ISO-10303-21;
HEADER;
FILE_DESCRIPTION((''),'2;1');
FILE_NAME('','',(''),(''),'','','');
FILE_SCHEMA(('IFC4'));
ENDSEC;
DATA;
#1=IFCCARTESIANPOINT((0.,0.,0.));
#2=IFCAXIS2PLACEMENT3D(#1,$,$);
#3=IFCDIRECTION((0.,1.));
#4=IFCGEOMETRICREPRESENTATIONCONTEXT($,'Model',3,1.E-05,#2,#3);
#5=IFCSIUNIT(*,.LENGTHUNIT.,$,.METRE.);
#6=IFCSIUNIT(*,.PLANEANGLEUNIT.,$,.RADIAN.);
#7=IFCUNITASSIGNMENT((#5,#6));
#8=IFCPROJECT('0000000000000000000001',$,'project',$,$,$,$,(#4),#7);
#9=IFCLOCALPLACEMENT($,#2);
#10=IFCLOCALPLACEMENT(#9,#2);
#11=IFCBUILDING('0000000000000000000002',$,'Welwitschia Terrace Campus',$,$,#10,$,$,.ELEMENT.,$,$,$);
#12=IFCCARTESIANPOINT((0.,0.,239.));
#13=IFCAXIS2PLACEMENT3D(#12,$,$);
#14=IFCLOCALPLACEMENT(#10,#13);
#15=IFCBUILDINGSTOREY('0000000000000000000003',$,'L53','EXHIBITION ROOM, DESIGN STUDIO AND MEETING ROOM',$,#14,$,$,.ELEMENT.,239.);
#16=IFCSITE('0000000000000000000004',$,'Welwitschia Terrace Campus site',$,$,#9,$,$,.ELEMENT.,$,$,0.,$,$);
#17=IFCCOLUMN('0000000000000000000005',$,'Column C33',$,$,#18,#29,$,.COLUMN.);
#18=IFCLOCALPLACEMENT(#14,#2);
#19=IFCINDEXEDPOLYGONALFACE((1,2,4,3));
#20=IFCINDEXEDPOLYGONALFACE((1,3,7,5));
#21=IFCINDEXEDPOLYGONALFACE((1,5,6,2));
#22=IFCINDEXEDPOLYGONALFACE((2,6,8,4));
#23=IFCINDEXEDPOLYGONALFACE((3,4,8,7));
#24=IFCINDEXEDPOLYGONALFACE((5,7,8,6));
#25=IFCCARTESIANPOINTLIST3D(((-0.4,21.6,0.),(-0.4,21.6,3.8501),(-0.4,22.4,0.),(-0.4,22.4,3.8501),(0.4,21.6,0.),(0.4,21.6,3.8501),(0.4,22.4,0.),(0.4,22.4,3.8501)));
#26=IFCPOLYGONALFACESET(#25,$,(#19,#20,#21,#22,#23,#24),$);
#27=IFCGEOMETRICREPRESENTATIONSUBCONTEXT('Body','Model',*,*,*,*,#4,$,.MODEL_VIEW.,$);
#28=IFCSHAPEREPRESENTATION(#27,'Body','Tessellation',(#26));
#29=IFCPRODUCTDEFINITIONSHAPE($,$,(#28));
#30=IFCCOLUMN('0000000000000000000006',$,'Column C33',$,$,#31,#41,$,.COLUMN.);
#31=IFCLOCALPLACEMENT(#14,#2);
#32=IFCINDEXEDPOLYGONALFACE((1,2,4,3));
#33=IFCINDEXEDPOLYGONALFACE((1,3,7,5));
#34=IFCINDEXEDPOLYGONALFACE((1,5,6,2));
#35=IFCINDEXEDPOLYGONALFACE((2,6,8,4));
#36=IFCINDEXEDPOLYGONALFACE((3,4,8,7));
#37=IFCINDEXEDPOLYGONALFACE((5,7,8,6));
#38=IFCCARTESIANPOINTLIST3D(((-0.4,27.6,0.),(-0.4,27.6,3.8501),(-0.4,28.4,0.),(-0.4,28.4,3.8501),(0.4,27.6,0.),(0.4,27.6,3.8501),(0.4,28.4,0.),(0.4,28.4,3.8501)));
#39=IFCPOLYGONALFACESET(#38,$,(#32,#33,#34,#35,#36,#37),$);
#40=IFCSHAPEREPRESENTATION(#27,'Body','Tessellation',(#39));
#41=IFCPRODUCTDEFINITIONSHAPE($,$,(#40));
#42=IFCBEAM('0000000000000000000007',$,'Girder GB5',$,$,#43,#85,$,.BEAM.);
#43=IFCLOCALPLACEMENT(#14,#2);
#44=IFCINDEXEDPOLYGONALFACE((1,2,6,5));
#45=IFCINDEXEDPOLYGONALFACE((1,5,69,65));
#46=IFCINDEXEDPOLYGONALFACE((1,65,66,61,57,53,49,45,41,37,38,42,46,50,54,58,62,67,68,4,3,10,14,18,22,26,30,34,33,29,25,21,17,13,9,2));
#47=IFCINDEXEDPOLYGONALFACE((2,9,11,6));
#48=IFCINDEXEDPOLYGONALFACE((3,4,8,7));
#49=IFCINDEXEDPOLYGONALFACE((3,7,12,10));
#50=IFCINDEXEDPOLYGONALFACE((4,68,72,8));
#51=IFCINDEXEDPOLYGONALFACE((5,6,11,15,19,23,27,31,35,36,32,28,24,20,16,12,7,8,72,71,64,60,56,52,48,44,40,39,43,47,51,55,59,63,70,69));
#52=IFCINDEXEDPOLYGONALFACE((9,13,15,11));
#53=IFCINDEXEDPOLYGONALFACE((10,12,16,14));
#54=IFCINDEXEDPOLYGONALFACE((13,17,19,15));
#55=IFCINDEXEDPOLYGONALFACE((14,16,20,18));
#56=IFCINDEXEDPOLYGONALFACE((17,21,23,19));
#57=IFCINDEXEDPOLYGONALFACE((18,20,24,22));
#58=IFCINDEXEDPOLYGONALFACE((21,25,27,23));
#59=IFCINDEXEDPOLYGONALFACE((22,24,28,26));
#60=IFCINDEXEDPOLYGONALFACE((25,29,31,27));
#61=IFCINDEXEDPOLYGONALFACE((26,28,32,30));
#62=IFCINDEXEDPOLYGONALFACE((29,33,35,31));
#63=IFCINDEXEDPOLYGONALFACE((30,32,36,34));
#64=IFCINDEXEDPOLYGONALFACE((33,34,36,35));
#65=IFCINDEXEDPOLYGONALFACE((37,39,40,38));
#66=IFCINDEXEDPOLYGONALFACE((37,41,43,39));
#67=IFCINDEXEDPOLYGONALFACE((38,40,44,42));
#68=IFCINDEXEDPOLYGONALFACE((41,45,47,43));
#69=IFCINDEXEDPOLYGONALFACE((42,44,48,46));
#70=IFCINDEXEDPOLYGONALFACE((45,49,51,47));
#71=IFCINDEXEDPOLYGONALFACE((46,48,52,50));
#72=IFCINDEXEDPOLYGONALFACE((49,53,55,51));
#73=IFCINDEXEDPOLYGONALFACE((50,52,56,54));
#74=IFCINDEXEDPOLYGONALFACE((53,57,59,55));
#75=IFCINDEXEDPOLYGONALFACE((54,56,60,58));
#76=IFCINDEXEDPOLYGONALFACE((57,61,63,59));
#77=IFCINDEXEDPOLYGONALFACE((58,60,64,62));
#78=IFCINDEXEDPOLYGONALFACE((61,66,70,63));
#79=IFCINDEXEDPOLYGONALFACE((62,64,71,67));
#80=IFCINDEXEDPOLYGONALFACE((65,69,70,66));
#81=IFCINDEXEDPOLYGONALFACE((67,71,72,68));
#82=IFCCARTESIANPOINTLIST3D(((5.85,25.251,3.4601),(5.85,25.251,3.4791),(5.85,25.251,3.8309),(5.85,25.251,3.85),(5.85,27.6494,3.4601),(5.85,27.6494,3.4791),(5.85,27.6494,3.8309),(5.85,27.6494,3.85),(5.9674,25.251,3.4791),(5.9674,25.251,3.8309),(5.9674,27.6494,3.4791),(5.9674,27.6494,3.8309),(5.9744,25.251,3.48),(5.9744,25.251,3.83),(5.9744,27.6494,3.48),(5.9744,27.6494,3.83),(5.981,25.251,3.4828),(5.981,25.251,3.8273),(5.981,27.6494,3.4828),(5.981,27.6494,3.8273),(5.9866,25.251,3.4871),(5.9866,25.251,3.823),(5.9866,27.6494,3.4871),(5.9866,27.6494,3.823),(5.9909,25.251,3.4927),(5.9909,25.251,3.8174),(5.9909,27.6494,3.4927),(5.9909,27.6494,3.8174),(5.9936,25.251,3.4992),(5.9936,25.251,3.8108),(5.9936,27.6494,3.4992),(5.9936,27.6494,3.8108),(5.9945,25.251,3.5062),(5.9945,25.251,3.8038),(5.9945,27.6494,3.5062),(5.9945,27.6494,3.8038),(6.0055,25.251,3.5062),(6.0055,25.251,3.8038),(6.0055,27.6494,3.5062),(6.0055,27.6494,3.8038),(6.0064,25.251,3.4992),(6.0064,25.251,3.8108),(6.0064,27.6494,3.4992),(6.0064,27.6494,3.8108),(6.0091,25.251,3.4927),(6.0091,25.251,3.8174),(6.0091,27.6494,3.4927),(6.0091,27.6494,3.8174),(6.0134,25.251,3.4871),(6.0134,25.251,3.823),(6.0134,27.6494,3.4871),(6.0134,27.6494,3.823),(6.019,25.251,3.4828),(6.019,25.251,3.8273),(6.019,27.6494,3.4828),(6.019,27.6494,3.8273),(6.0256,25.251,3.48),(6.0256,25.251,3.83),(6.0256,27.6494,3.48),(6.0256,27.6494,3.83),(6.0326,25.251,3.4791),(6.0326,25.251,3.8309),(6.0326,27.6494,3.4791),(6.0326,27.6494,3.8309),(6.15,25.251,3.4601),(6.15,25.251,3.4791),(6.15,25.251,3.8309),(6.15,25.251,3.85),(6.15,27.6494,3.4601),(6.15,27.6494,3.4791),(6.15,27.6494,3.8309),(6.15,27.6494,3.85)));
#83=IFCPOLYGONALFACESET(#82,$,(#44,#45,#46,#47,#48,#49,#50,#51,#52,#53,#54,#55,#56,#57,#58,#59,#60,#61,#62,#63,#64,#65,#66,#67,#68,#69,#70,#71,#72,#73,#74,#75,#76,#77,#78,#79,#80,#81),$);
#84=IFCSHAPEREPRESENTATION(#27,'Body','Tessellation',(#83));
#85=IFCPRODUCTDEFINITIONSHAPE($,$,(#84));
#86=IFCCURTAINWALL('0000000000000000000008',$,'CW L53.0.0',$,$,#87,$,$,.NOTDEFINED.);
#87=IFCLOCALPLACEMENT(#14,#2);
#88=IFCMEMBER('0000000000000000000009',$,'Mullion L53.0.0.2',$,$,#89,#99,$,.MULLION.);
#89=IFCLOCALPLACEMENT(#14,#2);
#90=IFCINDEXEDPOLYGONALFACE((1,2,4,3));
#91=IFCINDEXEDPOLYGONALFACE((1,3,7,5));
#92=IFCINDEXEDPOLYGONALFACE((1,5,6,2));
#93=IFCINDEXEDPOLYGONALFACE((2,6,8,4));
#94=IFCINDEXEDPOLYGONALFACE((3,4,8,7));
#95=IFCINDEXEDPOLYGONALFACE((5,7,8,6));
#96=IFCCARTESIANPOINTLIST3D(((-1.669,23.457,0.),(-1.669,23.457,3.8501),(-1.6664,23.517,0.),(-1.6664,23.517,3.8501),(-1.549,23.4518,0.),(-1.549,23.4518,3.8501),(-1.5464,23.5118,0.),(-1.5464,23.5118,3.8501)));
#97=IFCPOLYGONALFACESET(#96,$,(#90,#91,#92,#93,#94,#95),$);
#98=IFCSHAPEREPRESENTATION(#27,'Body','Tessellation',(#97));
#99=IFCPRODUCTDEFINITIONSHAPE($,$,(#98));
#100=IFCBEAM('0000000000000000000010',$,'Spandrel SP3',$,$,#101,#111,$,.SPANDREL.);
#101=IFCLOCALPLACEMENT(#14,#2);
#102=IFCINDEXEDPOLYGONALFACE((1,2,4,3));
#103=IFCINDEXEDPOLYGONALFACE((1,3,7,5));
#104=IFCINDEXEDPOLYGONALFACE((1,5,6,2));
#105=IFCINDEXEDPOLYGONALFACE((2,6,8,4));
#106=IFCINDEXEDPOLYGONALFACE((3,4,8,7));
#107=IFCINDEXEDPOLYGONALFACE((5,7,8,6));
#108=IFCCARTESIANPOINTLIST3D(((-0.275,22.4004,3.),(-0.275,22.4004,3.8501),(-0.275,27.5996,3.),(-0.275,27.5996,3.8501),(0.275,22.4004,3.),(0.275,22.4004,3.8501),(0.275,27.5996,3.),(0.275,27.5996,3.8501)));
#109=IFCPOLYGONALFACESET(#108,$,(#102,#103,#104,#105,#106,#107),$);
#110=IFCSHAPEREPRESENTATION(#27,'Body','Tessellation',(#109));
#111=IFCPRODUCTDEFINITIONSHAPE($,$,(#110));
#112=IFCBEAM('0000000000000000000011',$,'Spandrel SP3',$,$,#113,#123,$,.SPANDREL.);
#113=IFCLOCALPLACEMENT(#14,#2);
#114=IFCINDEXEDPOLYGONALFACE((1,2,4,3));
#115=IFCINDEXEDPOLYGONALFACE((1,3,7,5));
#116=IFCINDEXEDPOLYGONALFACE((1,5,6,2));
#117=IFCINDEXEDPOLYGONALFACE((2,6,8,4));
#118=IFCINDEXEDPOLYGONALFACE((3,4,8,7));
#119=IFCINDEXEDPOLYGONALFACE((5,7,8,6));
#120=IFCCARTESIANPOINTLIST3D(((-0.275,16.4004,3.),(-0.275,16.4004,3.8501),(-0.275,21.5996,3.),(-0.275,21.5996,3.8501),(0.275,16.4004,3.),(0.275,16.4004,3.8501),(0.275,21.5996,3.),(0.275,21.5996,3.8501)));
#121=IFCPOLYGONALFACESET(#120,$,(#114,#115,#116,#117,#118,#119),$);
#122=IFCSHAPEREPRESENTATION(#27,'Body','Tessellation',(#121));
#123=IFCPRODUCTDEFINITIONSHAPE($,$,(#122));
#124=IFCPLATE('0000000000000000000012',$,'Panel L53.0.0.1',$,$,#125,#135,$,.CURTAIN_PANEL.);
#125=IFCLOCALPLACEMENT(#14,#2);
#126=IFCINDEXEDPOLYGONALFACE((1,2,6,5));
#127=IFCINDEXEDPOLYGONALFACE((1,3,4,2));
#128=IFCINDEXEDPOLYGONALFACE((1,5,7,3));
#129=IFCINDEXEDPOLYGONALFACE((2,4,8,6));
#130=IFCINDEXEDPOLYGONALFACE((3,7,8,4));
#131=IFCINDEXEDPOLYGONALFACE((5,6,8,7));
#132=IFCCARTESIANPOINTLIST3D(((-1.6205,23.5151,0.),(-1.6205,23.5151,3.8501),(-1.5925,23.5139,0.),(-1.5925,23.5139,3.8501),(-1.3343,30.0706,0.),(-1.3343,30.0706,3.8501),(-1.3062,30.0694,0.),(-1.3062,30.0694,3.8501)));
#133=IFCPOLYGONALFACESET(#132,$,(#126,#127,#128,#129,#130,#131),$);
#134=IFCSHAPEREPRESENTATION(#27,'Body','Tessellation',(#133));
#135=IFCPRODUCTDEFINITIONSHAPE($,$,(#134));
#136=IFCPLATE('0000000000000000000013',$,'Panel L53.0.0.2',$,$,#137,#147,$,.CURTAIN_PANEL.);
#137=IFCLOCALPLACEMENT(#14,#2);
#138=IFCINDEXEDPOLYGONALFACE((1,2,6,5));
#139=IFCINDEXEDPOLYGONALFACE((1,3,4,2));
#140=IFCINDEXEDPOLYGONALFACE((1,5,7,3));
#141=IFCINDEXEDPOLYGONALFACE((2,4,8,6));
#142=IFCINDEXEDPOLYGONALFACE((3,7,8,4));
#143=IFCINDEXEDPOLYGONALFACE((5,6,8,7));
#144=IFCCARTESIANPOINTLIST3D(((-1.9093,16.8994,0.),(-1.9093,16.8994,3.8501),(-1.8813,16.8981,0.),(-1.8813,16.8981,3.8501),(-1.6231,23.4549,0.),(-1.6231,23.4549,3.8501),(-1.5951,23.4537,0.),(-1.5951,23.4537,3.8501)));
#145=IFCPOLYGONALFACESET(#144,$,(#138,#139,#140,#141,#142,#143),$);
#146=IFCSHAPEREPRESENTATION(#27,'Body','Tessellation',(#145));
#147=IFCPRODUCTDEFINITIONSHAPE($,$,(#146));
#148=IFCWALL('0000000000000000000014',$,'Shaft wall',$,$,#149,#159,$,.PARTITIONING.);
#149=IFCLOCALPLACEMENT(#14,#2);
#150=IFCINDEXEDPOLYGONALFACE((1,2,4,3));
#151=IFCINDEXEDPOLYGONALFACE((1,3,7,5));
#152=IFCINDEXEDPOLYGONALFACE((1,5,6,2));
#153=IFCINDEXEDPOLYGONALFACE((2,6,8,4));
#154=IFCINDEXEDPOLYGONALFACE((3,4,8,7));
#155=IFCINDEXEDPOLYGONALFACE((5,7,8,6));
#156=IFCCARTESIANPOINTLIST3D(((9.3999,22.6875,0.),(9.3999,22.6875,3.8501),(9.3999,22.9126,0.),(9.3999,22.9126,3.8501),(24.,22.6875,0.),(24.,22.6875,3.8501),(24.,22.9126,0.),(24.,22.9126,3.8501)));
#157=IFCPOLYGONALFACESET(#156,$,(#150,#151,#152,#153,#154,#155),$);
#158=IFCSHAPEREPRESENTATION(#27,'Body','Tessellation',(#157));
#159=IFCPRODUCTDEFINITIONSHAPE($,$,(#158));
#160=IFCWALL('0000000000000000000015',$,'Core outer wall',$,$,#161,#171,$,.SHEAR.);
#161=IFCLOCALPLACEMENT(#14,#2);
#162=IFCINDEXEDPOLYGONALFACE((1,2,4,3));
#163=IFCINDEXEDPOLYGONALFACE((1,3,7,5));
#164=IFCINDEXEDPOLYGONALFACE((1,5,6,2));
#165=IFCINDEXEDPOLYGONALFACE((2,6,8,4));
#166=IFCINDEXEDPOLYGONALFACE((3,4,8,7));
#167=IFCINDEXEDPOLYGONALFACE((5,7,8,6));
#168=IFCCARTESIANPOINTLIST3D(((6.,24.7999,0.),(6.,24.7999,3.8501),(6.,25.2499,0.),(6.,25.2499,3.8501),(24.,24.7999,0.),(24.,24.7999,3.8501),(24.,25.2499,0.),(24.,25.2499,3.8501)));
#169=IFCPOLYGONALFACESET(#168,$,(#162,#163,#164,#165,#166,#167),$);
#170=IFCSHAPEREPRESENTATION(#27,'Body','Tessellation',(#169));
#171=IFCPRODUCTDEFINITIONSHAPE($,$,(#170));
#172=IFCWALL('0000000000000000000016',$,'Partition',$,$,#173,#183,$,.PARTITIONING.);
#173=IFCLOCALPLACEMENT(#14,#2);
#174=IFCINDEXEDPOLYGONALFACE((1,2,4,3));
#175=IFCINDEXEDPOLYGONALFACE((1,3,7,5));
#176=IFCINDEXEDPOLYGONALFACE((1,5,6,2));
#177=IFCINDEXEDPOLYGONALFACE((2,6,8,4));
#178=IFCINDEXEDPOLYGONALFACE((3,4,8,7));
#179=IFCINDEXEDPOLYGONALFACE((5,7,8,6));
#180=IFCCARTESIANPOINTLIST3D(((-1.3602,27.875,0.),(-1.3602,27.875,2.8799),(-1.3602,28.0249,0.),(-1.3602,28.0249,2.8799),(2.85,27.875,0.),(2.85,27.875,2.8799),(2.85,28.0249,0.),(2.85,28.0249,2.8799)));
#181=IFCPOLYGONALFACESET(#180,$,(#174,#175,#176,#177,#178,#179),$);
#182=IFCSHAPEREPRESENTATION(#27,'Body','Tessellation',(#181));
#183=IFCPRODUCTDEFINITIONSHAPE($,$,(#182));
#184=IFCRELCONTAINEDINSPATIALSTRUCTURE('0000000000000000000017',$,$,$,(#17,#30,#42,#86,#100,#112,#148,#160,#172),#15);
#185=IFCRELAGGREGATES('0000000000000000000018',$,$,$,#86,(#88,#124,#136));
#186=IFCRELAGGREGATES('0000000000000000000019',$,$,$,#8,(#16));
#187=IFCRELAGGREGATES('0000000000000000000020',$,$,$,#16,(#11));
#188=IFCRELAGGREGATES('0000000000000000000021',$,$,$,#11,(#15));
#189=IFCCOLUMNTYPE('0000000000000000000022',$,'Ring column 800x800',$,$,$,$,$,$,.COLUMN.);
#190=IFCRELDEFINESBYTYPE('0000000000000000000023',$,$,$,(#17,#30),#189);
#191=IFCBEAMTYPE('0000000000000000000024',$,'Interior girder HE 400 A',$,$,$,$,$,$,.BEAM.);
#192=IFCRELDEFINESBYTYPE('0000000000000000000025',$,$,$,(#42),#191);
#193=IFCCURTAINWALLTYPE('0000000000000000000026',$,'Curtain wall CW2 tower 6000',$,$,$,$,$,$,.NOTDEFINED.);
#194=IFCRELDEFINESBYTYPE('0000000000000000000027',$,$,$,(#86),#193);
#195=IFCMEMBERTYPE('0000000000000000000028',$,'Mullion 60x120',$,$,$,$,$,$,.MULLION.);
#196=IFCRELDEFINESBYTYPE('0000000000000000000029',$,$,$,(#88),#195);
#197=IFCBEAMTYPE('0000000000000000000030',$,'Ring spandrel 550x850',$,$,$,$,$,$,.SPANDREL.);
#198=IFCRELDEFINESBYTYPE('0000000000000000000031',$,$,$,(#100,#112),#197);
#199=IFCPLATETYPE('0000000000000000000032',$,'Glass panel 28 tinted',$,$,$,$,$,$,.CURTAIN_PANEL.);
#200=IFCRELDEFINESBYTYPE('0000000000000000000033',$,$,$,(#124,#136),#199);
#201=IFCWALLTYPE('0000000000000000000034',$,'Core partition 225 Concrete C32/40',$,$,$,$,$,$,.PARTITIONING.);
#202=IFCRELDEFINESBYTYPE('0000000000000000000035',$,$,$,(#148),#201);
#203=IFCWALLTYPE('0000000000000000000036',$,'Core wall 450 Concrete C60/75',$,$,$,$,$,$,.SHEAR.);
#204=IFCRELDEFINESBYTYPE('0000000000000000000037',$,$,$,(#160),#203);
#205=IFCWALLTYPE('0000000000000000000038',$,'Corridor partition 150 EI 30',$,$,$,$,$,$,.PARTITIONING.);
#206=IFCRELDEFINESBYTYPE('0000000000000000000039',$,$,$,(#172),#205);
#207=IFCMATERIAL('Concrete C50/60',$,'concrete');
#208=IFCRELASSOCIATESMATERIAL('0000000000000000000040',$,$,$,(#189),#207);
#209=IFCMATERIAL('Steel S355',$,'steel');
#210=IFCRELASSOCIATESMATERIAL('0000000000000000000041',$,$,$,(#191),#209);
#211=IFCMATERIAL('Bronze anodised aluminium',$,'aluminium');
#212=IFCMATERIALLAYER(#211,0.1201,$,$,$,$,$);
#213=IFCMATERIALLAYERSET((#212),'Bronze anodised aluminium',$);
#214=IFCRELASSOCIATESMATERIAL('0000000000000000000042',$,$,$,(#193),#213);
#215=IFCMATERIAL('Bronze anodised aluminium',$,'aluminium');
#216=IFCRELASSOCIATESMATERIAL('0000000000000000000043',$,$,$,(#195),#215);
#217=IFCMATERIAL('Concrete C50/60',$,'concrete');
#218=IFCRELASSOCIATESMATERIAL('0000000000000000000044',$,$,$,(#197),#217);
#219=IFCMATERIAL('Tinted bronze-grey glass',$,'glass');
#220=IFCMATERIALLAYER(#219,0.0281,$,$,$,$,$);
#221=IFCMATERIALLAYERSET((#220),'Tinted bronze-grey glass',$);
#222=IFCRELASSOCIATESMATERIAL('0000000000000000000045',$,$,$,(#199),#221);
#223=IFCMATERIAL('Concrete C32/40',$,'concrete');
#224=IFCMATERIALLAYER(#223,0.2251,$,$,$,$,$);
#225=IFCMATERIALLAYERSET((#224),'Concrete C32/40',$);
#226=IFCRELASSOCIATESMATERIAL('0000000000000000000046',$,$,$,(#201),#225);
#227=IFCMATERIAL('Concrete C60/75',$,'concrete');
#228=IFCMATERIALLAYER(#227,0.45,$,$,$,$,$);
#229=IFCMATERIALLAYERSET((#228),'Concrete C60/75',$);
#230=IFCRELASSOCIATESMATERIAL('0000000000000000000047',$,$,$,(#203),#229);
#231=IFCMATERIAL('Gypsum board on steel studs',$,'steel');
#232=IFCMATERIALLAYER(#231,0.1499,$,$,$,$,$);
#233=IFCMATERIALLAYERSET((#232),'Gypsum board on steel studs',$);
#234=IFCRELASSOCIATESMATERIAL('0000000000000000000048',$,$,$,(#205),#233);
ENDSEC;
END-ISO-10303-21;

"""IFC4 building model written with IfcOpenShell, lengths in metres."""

from ifc_helpers import new_model, si_unit, direction, frame, frame_2d, origin, origin_2d, place, context, subcontext, project, spatial, rectangle, i_section, extrude, material, layer, layer_set, material_profile, profile_set, type_object, element, aggregate, save


model = new_model("IFC4")

# Units and contexts
model_context = context("Model", 3, precision=1e-05, world=origin(), true_north=direction((0.0, 1.0)))
body_context = subcontext(model_context, "Body", "Model", "MODEL_VIEW")
ifc_project = project(units=[si_unit("LENGTHUNIT", "METRE"), si_unit("PLANEANGLEUNIT", "RADIAN")], contexts=[model_context])

# Site, building, storey
site_placement = place(None, origin())
site = spatial("IfcSite", under=ifc_project, at=site_placement, Name="Welwitschia Terrace Campus site", CompositionType="ELEMENT", RefElevation=0.0)
building_placement = place(site_placement, origin())
building = spatial("IfcBuilding", under=site, at=building_placement, Name="Welwitschia Terrace Campus", CompositionType="ELEMENT")
storey_placement = place(building_placement, frame((0.0, 0.0, 239.0)))
storey = spatial("IfcBuildingStorey", under=building, at=storey_placement, Name="L53", Description="EXHIBITION ROOM, DESIGN STUDIO AND MEETING ROOM", CompositionType="ELEMENT", Elevation=239.0)

# Columns
ifc_material_1 = material(Name="Concrete C50/60", Category="concrete")
ifc_material_profile_1 = material_profile(ifc_material_1, rectangle(XDim=0.8, YDim=0.8, at=origin_2d()))
ifc_profile_set_1 = profile_set([ifc_material_profile_1], Name="Concrete C50/60")
column_type = type_object("IfcColumnType", Name="Ring column 800x800", PredefinedType="COLUMN", material=ifc_profile_set_1)
for number, where, z_axis, x_axis, name in (
    (1, (0.0, 22.0, 0.0), (0.0, 0.0, 1.0), (1.0, 0.0, 0.0), "Column C33"),
    (2, (0.0, 28.0, 0.0), (0.0, 0.0, 1.0), (1.0, 0.0, 0.0), "Column C33"),
):
    element("IfcColumn", number, at=place(storey_placement, frame(where, z_axis=z_axis, x_axis=x_axis)), inside=storey, type_object=column_type, Name=name, PredefinedType="COLUMN", context=body_context, shape_type="SweptSolid", body=[
        extrude(rectangle(XDim=0.8, YDim=0.8, at=origin_2d()), origin(), (0.0, 0.0, 1.0), 3.8501),
    ])

# Beam
ifc_material_2 = material(Name="Steel S355", Category="steel")
ifc_material_profile_2 = material_profile(ifc_material_2, i_section(OverallWidth=0.3, OverallDepth=0.3899, WebThickness=0.011, FlangeThickness=0.019, FilletRadius=0.0271, at=origin_2d()))
ifc_profile_set_2 = profile_set([ifc_material_profile_2], Name="Steel S355")
beam_type_1 = type_object("IfcBeamType", Name="Interior girder HE 400 A", PredefinedType="BEAM", material=ifc_profile_set_2)
beam_placement = place(storey_placement, frame((6.0, 25.251, 3.655), z_axis=(0.0, 1.0, 0.0), x_axis=(-1.0, 0.0, 0.0)))
element("IfcBeam", 3, at=beam_placement, inside=storey, type_object=beam_type_1, Name="Girder GB5", PredefinedType="BEAM", context=body_context, shape_type="SweptSolid", body=[
    extrude(i_section(OverallWidth=0.3, OverallDepth=0.3899, WebThickness=0.011, FlangeThickness=0.019, FilletRadius=0.0271, at=origin_2d()), origin(), (0.0, 0.0, 1.0), 2.3984),
])

# Curtain wall, member
ifc_material_3 = material(Name="Bronze anodised aluminium", Category="aluminium")
ifc_layer_1 = layer(ifc_material_3, 0.1201)
ifc_layer_set_1 = layer_set([ifc_layer_1], Name="Bronze anodised aluminium")
curtain_wall_type = type_object("IfcCurtainWallType", Name="Curtain wall CW2 tower 6000", PredefinedType="NOTDEFINED", material=ifc_layer_set_1)
curtain_wall_placement = place(storey_placement, origin())
curtain_wall = element("IfcCurtainWall", 4, at=curtain_wall_placement, inside=storey, type_object=curtain_wall_type, Name="CW L53.0.0", PredefinedType="NOTDEFINED")
ifc_material_4 = material(Name="Bronze anodised aluminium", Category="aluminium")
ifc_material_profile_3 = material_profile(ifc_material_4, rectangle(XDim=0.1201, YDim=0.0601, at=origin_2d()))
ifc_profile_set_3 = profile_set([ifc_material_profile_3], Name="Bronze anodised aluminium")
member_type = type_object("IfcMemberType", Name="Mullion 60x120", PredefinedType="MULLION", material=ifc_profile_set_3)
member_placement = place(storey_placement, frame((-1.6077, 23.4844, 0.0), z_axis=(0.0, 0.0, 1.0), x_axis=(0.999048, -0.043619, 0.0)))
member = element("IfcMember", 5, at=member_placement, type_object=member_type, Name="Mullion L53.0.0.2", PredefinedType="MULLION", context=body_context, shape_type="SweptSolid", body=[
    extrude(rectangle(XDim=0.1201, YDim=0.0601, at=origin_2d()), origin(), (0.0, 0.0, 1.0), 3.8501),
])

# Beams
ifc_material_5 = material(Name="Concrete C50/60", Category="concrete")
ifc_material_profile_4 = material_profile(ifc_material_5, rectangle(XDim=0.55, YDim=0.8501, at=origin_2d()))
ifc_profile_set_4 = profile_set([ifc_material_profile_4], Name="Concrete C50/60")
beam_type_2 = type_object("IfcBeamType", Name="Ring spandrel 550x850", PredefinedType="SPANDREL", material=ifc_profile_set_4)
for number, where, z_axis, x_axis, name in (
    (6, (0.0, 27.5996, 3.425), (0.0, -1.0, 0.0), (1.0, 0.0, 0.0), "Spandrel SP3"),
    (7, (0.0, 21.5996, 3.425), (0.0, -1.0, 0.0), (1.0, 0.0, 0.0), "Spandrel SP3"),
):
    element("IfcBeam", number, at=place(storey_placement, frame(where, z_axis=z_axis, x_axis=x_axis)), inside=storey, type_object=beam_type_2, Name=name, PredefinedType="SPANDREL", context=body_context, shape_type="SweptSolid", body=[
        extrude(rectangle(XDim=0.55, YDim=0.8501, at=origin_2d()), origin(), (0.0, 0.0, 1.0), 5.1992),
    ])

# Plates
ifc_material_6 = material(Name="Tinted bronze-grey glass", Category="glass")
ifc_layer_2 = layer(ifc_material_6, 0.0281)
ifc_layer_set_2 = layer_set([ifc_layer_2], Name="Tinted bronze-grey glass")
plate_type = type_object("IfcPlateType", Name="Glass panel 28 tinted", PredefinedType="CURTAIN_PANEL", material=ifc_layer_set_2)
plate_1_placement = place(storey_placement, frame((-1.4634, 26.7922, 0.0), z_axis=(0.0, 0.0, 1.0), x_axis=(-0.043619, -0.999048, 0.0)))
plate_1 = element("IfcPlate", 8, at=plate_1_placement, type_object=plate_type, Name="Panel L53.0.0.1", PredefinedType="CURTAIN_PANEL", context=body_context, shape_type="SweptSolid", body=[
    extrude(rectangle(XDim=6.5618, YDim=0.0281, at=origin_2d()), origin(), (0.0, 0.0, 1.0), 3.8501),
])
plate_2_placement = place(storey_placement, frame((-1.7522, 20.1765, 0.0), z_axis=(0.0, 0.0, 1.0), x_axis=(-0.043619, -0.999048, 0.0)))
plate_2 = element("IfcPlate", 9, at=plate_2_placement, type_object=plate_type, Name="Panel L53.0.0.2", PredefinedType="CURTAIN_PANEL", context=body_context, shape_type="SweptSolid", body=[
    extrude(rectangle(XDim=6.5618, YDim=0.0281, at=origin_2d()), origin(), (0.0, 0.0, 1.0), 3.8501),
])
aggregate(curtain_wall, [member, plate_1, plate_2])

# Walls
ifc_material_7 = material(Name="Concrete C32/40", Category="concrete")
ifc_layer_3 = layer(ifc_material_7, 0.2251)
ifc_layer_set_3 = layer_set([ifc_layer_3], Name="Concrete C32/40")
wall_type_1 = type_object("IfcWallType", Name="Core partition 225 Concrete C32/40", PredefinedType="PARTITIONING", material=ifc_layer_set_3)
wall_1_placement = place(storey_placement, frame((9.3999, 22.8, 0.0), z_axis=(0.0, 0.0, 1.0), x_axis=(1.0, 0.0, 0.0)))
element("IfcWall", 10, at=wall_1_placement, inside=storey, type_object=wall_type_1, Name="Shaft wall", PredefinedType="PARTITIONING", context=body_context, shape_type="SweptSolid", body=[
    extrude(rectangle(XDim=14.6001, YDim=0.2251, at=frame_2d((7.3, 0.0))), origin(), (0.0, 0.0, 1.0), 3.8501),
])
ifc_material_8 = material(Name="Concrete C60/75", Category="concrete")
ifc_layer_4 = layer(ifc_material_8, 0.45)
ifc_layer_set_4 = layer_set([ifc_layer_4], Name="Concrete C60/75")
wall_type_2 = type_object("IfcWallType", Name="Core wall 450 Concrete C60/75", PredefinedType="SHEAR", material=ifc_layer_set_4)
wall_2_placement = place(storey_placement, frame((6.0, 25.0249, 0.0), z_axis=(0.0, 0.0, 1.0), x_axis=(1.0, 0.0, 0.0)))
element("IfcWall", 11, at=wall_2_placement, inside=storey, type_object=wall_type_2, Name="Core outer wall", PredefinedType="SHEAR", context=body_context, shape_type="SweptSolid", body=[
    extrude(rectangle(XDim=18.0, YDim=0.45, at=frame_2d((9.0, 0.0))), origin(), (0.0, 0.0, 1.0), 3.8501),
])
ifc_material_9 = material(Name="Gypsum board on steel studs", Category="steel")
ifc_layer_5 = layer(ifc_material_9, 0.1499)
ifc_layer_set_5 = layer_set([ifc_layer_5], Name="Gypsum board on steel studs")
wall_type_3 = type_object("IfcWallType", Name="Corridor partition 150 EI 30", PredefinedType="PARTITIONING", material=ifc_layer_set_5)
wall_3_placement = place(storey_placement, frame((-1.3601, 27.95, 0.0), z_axis=(0.0, 0.0, 1.0), x_axis=(1.0, 0.0, 0.0)))
element("IfcWall", 12, at=wall_3_placement, inside=storey, type_object=wall_type_3, Name="Partition", PredefinedType="PARTITIONING", context=body_context, shape_type="SweptSolid", body=[
    extrude(rectangle(XDim=4.2102, YDim=0.1499, at=frame_2d((2.105, 0.0))), origin(), (0.0, 0.0, 1.0), 2.8799),
])

save(model, "model.ifc")
